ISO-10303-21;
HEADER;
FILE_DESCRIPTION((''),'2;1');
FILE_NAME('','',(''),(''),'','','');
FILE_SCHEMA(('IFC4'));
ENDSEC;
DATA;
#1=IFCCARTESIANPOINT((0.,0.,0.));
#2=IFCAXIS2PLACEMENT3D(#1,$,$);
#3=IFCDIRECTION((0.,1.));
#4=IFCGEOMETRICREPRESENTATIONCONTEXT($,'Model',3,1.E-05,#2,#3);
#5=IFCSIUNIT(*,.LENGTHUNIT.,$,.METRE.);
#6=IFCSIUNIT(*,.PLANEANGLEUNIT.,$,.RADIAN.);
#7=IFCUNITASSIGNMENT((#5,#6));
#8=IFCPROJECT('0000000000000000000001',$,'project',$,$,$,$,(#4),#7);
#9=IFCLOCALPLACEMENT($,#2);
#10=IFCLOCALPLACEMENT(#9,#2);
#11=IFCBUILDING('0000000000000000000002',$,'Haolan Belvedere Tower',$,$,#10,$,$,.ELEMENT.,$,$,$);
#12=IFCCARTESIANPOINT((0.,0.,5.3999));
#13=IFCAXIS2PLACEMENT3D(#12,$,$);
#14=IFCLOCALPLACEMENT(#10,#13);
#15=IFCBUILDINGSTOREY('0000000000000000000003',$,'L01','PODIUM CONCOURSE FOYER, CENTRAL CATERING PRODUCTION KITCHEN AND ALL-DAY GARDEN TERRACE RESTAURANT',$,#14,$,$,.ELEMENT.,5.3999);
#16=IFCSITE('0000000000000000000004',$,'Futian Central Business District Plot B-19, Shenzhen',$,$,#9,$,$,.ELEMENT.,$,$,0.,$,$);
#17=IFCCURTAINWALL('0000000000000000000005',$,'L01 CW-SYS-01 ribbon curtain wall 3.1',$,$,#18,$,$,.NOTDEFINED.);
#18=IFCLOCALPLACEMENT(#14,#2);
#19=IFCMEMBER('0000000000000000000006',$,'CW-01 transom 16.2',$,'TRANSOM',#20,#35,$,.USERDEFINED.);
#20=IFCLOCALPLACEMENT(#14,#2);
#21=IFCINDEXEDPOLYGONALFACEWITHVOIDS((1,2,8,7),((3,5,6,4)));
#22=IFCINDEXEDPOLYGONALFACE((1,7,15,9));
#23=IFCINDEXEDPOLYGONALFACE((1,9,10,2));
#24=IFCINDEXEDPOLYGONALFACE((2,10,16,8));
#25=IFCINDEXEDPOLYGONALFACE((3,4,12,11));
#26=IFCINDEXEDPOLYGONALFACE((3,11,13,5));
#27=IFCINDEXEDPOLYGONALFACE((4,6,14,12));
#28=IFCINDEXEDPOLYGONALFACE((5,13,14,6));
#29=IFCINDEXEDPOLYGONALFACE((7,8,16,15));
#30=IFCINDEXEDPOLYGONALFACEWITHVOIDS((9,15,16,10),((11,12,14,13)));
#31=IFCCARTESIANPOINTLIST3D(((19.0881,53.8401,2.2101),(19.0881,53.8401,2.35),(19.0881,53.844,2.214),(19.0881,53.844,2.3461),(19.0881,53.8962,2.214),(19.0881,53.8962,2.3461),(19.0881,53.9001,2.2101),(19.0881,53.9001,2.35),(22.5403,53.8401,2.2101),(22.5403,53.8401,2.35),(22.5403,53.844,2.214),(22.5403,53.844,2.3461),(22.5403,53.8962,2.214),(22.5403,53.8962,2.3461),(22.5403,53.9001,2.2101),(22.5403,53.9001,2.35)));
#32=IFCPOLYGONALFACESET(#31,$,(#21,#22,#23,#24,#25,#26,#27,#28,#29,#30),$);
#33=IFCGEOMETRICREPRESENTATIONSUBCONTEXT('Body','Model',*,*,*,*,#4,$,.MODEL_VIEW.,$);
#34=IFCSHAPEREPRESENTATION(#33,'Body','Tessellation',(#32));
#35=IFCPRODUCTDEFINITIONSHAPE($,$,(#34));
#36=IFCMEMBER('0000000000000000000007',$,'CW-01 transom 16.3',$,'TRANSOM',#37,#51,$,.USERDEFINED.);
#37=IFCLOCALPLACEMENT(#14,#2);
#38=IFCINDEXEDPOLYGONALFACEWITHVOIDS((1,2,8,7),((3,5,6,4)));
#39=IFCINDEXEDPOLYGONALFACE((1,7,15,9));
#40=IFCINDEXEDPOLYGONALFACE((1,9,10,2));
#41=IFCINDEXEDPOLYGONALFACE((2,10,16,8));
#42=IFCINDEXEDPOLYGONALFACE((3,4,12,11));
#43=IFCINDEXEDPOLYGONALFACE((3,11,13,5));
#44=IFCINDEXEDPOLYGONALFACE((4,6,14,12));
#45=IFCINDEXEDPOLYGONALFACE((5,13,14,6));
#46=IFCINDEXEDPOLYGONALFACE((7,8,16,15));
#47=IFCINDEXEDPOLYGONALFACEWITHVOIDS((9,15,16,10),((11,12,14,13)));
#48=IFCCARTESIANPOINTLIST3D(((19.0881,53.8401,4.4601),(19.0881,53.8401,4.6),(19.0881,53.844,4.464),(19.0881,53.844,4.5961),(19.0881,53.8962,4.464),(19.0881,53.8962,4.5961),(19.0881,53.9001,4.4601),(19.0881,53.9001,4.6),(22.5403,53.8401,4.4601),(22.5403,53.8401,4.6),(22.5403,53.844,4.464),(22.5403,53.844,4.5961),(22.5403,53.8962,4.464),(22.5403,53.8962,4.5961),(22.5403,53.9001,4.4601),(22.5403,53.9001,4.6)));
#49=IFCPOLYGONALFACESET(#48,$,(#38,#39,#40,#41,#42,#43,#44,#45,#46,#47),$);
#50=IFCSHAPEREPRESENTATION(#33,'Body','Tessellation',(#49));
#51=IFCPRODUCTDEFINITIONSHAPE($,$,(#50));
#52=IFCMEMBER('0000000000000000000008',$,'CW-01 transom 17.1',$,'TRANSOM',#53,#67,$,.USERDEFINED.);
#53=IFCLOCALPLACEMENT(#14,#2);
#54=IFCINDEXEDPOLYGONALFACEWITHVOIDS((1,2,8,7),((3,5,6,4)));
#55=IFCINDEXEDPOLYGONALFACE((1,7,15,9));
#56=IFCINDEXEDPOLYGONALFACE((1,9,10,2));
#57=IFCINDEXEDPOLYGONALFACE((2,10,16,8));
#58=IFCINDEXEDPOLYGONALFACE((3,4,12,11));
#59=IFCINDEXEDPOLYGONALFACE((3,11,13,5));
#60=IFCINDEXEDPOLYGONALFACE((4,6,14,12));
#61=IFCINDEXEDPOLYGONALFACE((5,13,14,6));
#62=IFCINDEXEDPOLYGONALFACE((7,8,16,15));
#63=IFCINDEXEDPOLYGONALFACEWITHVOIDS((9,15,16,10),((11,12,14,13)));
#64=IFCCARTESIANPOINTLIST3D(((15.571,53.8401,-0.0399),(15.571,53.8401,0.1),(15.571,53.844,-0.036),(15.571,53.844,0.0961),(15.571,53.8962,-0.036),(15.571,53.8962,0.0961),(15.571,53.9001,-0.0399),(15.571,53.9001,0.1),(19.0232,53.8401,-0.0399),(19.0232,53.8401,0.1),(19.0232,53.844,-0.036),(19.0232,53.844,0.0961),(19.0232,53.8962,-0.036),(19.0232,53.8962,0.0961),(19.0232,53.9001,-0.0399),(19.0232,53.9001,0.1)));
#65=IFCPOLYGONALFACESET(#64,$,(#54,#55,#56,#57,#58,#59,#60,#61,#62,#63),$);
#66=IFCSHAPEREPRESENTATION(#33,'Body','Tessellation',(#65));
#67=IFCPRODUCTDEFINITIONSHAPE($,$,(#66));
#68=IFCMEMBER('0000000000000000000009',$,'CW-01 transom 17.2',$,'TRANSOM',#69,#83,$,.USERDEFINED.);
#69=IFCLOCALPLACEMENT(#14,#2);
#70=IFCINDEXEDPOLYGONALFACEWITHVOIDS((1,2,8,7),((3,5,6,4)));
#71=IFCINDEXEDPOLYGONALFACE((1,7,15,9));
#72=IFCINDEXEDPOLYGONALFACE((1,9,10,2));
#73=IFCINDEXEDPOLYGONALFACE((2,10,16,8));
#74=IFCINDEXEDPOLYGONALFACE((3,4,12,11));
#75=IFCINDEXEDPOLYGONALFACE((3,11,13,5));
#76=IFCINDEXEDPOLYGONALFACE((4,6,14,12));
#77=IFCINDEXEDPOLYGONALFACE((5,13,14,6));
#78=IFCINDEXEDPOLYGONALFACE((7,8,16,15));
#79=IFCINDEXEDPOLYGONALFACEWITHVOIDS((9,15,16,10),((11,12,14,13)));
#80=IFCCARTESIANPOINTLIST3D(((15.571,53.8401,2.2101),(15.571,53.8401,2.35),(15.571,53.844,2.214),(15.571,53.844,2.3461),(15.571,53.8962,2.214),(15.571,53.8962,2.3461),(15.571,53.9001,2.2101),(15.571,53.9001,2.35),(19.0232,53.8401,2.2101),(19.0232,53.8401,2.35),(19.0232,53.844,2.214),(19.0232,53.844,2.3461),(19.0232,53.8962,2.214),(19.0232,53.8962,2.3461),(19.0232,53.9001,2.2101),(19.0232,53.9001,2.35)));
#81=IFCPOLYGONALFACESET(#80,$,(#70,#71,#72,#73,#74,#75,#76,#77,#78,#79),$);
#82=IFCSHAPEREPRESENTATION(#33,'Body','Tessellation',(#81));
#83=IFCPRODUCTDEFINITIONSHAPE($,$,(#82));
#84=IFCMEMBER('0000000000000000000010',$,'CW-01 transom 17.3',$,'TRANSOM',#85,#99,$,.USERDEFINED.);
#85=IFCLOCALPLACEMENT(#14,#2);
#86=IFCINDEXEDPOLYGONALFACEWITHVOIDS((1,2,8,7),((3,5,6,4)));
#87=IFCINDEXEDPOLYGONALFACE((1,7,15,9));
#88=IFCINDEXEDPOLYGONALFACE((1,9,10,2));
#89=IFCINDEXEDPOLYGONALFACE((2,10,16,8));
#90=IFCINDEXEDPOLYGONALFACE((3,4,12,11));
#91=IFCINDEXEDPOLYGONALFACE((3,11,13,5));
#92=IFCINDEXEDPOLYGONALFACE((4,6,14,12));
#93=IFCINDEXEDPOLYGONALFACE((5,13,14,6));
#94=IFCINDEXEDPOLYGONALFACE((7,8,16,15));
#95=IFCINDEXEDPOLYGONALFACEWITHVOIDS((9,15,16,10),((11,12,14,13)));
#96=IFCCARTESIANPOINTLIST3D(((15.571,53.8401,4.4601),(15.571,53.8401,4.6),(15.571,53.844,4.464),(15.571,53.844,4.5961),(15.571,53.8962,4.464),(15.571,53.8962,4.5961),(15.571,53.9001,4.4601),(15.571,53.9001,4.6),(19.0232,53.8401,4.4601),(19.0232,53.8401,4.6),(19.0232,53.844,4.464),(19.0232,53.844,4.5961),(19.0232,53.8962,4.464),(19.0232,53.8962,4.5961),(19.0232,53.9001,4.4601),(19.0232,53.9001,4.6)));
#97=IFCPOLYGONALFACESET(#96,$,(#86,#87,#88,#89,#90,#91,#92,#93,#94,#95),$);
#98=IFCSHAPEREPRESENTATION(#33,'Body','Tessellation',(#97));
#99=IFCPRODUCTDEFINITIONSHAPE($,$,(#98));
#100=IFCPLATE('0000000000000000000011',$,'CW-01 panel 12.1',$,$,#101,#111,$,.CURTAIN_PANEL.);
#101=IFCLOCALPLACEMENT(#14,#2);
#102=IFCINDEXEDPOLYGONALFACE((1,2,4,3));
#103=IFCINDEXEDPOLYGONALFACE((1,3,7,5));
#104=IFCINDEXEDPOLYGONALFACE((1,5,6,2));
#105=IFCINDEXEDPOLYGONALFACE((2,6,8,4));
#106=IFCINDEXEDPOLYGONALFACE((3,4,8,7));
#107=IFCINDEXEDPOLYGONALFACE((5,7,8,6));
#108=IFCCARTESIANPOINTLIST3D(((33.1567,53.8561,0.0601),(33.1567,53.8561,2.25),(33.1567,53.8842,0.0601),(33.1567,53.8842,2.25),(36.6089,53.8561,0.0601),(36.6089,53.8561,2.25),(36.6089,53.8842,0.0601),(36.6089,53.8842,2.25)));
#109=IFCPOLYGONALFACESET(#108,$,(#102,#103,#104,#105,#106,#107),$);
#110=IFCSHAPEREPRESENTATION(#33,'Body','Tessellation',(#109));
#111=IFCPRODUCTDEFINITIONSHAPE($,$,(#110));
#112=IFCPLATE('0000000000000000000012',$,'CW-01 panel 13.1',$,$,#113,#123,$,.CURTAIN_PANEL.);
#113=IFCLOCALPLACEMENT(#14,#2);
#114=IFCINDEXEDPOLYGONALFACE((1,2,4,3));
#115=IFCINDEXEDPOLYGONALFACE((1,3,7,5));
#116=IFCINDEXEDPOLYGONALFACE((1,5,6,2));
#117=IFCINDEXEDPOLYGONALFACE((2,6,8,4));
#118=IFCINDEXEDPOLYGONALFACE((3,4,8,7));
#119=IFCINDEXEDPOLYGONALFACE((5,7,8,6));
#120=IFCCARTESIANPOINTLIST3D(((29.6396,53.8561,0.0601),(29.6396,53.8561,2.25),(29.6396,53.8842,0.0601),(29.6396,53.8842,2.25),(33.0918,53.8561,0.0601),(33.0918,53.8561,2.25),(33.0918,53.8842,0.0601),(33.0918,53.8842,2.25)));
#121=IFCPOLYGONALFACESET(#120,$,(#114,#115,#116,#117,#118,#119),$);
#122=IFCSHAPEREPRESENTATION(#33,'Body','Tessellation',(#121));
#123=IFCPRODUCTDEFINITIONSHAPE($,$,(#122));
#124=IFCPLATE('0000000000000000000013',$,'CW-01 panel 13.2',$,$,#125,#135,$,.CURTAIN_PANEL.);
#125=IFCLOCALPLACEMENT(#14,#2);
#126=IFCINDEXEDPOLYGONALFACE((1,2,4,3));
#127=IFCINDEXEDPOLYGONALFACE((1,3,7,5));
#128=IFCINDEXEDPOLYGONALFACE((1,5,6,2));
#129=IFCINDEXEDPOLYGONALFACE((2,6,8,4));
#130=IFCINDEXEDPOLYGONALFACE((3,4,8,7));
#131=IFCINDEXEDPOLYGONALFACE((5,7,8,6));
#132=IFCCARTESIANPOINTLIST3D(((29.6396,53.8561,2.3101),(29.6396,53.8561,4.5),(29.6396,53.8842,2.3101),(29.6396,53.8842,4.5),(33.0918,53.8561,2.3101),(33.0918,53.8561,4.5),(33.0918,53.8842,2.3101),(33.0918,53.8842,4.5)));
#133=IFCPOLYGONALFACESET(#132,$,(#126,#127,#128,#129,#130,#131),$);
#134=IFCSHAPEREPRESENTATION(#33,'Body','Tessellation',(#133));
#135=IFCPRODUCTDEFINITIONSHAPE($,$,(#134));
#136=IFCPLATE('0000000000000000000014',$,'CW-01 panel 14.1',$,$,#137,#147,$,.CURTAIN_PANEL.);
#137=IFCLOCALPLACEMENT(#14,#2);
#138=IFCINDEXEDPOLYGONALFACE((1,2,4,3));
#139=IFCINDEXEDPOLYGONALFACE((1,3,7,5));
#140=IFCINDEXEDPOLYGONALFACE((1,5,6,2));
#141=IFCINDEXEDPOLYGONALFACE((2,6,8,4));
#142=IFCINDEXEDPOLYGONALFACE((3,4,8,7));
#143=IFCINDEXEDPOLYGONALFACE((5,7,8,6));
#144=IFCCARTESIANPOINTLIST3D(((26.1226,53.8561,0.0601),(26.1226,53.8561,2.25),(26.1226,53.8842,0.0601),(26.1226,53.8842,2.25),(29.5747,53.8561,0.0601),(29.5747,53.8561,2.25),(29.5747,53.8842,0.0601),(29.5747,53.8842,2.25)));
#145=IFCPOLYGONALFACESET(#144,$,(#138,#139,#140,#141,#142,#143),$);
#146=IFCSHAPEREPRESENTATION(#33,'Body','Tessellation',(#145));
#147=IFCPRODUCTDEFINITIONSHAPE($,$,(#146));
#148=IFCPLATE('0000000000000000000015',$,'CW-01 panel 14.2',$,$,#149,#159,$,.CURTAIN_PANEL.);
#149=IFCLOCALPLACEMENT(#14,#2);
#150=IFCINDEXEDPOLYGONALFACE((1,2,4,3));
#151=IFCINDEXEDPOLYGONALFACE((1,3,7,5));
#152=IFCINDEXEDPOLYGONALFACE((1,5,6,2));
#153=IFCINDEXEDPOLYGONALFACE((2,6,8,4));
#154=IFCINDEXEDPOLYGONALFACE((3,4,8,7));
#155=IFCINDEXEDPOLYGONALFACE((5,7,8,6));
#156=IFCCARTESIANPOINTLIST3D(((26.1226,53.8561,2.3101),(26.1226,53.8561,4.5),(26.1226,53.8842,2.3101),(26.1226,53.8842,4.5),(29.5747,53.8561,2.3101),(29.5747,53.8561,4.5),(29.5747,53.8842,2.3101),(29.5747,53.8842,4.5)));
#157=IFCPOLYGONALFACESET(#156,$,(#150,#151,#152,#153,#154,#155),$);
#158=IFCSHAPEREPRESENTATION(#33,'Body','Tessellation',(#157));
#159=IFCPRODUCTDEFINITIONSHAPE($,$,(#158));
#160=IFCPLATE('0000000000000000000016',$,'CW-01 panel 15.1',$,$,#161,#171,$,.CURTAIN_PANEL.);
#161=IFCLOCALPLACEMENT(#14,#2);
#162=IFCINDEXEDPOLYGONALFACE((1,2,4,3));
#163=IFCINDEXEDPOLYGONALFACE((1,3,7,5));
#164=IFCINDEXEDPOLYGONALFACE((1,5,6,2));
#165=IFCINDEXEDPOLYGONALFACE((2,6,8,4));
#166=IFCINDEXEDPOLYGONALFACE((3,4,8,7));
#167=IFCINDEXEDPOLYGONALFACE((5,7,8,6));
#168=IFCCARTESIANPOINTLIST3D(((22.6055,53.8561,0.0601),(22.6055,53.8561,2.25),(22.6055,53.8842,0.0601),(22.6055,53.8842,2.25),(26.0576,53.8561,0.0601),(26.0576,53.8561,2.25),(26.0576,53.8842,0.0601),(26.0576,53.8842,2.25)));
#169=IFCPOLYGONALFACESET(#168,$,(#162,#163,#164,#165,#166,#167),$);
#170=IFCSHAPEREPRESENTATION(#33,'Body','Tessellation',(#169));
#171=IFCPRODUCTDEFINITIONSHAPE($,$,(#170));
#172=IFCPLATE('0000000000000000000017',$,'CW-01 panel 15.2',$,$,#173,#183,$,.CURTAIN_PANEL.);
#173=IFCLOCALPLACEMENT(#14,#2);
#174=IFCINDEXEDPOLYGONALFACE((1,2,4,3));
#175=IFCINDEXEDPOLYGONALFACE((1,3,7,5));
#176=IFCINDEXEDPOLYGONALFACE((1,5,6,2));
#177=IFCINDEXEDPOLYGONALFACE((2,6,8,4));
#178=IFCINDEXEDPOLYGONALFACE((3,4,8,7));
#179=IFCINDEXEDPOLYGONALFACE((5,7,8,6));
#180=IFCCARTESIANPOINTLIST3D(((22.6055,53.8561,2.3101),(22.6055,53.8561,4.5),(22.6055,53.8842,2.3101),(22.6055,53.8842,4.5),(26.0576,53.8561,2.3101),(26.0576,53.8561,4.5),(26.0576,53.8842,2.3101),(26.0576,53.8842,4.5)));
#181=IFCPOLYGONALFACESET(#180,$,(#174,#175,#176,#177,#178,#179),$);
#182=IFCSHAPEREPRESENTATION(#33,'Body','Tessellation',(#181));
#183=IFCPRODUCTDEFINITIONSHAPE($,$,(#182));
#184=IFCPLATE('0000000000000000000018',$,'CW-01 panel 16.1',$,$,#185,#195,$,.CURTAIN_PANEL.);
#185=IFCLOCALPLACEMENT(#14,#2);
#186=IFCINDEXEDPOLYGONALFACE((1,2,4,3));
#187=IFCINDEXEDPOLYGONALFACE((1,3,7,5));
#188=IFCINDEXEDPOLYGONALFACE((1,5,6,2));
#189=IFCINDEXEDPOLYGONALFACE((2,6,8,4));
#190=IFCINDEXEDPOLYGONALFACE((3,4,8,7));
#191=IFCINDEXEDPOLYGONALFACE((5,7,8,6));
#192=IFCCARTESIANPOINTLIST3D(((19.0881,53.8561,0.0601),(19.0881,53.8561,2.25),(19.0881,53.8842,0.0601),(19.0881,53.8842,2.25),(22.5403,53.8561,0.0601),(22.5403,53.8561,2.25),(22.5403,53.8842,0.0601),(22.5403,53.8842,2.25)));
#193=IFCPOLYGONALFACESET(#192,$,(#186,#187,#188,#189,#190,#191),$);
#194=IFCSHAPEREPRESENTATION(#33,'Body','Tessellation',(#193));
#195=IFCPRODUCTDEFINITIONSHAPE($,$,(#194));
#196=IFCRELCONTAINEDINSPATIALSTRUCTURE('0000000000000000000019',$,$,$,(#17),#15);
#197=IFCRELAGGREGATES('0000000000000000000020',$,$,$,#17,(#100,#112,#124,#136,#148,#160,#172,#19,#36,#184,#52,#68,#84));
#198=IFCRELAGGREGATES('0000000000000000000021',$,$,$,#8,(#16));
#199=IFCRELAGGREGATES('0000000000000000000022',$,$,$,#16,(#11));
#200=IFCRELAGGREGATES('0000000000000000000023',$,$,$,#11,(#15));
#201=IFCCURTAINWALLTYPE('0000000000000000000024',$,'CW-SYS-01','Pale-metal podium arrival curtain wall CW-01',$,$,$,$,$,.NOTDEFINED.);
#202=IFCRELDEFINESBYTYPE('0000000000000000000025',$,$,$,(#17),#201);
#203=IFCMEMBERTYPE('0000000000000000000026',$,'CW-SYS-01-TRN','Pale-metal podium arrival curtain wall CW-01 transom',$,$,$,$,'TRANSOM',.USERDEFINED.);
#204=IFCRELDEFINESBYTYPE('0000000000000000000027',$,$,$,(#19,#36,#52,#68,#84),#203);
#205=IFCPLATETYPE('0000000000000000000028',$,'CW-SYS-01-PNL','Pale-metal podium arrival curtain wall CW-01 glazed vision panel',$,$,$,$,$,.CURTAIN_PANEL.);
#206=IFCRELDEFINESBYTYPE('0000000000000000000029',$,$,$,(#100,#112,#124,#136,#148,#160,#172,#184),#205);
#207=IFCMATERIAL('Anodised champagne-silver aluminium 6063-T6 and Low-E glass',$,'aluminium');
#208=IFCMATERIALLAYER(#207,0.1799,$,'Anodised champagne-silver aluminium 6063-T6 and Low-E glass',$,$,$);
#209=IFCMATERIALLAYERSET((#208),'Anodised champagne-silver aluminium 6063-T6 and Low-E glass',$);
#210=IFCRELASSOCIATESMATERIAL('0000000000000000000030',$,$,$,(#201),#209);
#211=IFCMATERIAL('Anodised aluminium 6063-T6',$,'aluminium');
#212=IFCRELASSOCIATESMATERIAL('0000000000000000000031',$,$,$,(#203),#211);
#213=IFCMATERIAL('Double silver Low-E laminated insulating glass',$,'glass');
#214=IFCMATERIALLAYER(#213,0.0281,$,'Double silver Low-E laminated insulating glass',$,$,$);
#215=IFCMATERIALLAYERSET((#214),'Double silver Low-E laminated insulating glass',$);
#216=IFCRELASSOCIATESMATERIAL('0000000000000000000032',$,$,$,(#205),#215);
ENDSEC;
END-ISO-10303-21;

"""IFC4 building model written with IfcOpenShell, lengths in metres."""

from ifc_helpers import new_model, si_unit, direction, frame, origin, origin_2d, place, context, subcontext, project, spatial, rectangle, hollow_rectangle, extrude, material, layer, layer_set, material_profile, profile_set, type_object, element, aggregate, save


model = new_model("IFC4")

# Units and contexts
model_context = context("Model", 3, precision=1e-05, world=origin(), true_north=direction((0.0, 1.0)))
body_context = subcontext(model_context, "Body", "Model", "MODEL_VIEW")
ifc_project = project(units=[si_unit("LENGTHUNIT", "METRE"), si_unit("PLANEANGLEUNIT", "RADIAN")], contexts=[model_context])

# Site, building, storey
site_placement = place(None, origin())
site = spatial("IfcSite", under=ifc_project, at=site_placement, Name="Futian Central Business District Plot B-19, Shenzhen", CompositionType="ELEMENT", RefElevation=0.0)
building_placement = place(site_placement, origin())
building = spatial("IfcBuilding", under=site, at=building_placement, Name="Haolan Belvedere Tower", CompositionType="ELEMENT")
storey_placement = place(building_placement, frame((0.0, 0.0, 5.3999)))
storey = spatial("IfcBuildingStorey", under=building, at=storey_placement, Name="L01", Description="PODIUM CONCOURSE FOYER, CENTRAL CATERING PRODUCTION KITCHEN AND ALL-DAY GARDEN TERRACE RESTAURANT", CompositionType="ELEMENT", Elevation=5.3999)

# Curtain wall, members, plates
ifc_material_1 = material(Name="Anodised champagne-silver aluminium 6063-T6 and Low-E glass", Category="aluminium")
ifc_layer_1 = layer(ifc_material_1, 0.1799, Name="Anodised champagne-silver aluminium 6063-T6 and Low-E glass")
ifc_layer_set_1 = layer_set([ifc_layer_1], Name="Anodised champagne-silver aluminium 6063-T6 and Low-E glass")
curtain_wall_type = type_object("IfcCurtainWallType", Name="CW-SYS-01", Description="Pale-metal podium arrival curtain wall CW-01", PredefinedType="NOTDEFINED", material=ifc_layer_set_1)
curtain_wall_placement = place(storey_placement, origin())
curtain_wall = element("IfcCurtainWall", 1, at=curtain_wall_placement, inside=storey, type_object=curtain_wall_type, Name="L01 CW-SYS-01 ribbon curtain wall 3.1", PredefinedType="NOTDEFINED")
ifc_material_2 = material(Name="Anodised aluminium 6063-T6", Category="aluminium")
ifc_material_profile_1 = material_profile(ifc_material_2, hollow_rectangle(XDim=0.0601, YDim=0.1399, WallThickness=0.0039, at=origin_2d()), Name="Anodised aluminium 6063-T6")
ifc_profile_set_1 = profile_set([ifc_material_profile_1], Name="Anodised aluminium 6063-T6")
member_type_1 = type_object("IfcMemberType", Name="CW-SYS-01-TRN", Description="Pale-metal podium arrival curtain wall CW-01 transom", ElementType="TRANSOM", PredefinedType="USERDEFINED", material=ifc_profile_set_1)
member_1_placement = place(storey_placement, frame((22.5403, 53.8701, 2.28), z_axis=(-1.0, 0.0, 0.0), x_axis=(0.0, -1.0, 0.0)))
member_1 = element("IfcMember", 2, at=member_1_placement, type_object=member_type_1, Name="CW-01 transom 16.2", ObjectType="TRANSOM", PredefinedType="USERDEFINED", context=body_context, shape_type="SweptSolid", body=[
    extrude(hollow_rectangle(XDim=0.0601, YDim=0.1399, WallThickness=0.0039, at=origin_2d()), origin(), (0.0, 0.0, 1.0), 3.4521),
])
member_2_placement = place(storey_placement, frame((22.5403, 53.8701, 4.53), z_axis=(-1.0, 0.0, 0.0), x_axis=(0.0, -1.0, 0.0)))
member_2 = element("IfcMember", 3, at=member_2_placement, type_object=member_type_1, Name="CW-01 transom 16.3", ObjectType="TRANSOM", PredefinedType="USERDEFINED", context=body_context, shape_type="SweptSolid", body=[
    extrude(hollow_rectangle(XDim=0.0601, YDim=0.1399, WallThickness=0.0039, at=origin_2d()), origin(), (0.0, 0.0, 1.0), 3.4521),
])
member_3_placement = place(storey_placement, frame((19.0232, 53.8701, 0.03), z_axis=(-1.0, 0.0, 0.0), x_axis=(0.0, -1.0, 0.0)))
member_3 = element("IfcMember", 4, at=member_3_placement, type_object=member_type_1, Name="CW-01 transom 17.1", ObjectType="TRANSOM", PredefinedType="USERDEFINED", context=body_context, shape_type="SweptSolid", body=[
    extrude(hollow_rectangle(XDim=0.0601, YDim=0.1399, WallThickness=0.0039, at=origin_2d()), origin(), (0.0, 0.0, 1.0), 3.4521),
])
member_4_placement = place(storey_placement, frame((19.0232, 53.8701, 2.28), z_axis=(-1.0, 0.0, 0.0), x_axis=(0.0, -1.0, 0.0)))
member_4 = element("IfcMember", 5, at=member_4_placement, type_object=member_type_1, Name="CW-01 transom 17.2", ObjectType="TRANSOM", PredefinedType="USERDEFINED", context=body_context, shape_type="SweptSolid", body=[
    extrude(hollow_rectangle(XDim=0.0601, YDim=0.1399, WallThickness=0.0039, at=origin_2d()), origin(), (0.0, 0.0, 1.0), 3.4521),
])
member_5_placement = place(storey_placement, frame((19.0232, 53.8701, 4.53), z_axis=(-1.0, 0.0, 0.0), x_axis=(0.0, -1.0, 0.0)))
member_5 = element("IfcMember", 6, at=member_5_placement, type_object=member_type_1, Name="CW-01 transom 17.3", ObjectType="TRANSOM", PredefinedType="USERDEFINED", context=body_context, shape_type="SweptSolid", body=[
    extrude(hollow_rectangle(XDim=0.0601, YDim=0.1399, WallThickness=0.0039, at=origin_2d()), origin(), (0.0, 0.0, 1.0), 3.4521),
])
ifc_material_3 = material(Name="Double silver Low-E laminated insulating glass", Category="glass")
ifc_layer_2 = layer(ifc_material_3, 0.0281, Name="Double silver Low-E laminated insulating glass")
ifc_layer_set_2 = layer_set([ifc_layer_2], Name="Double silver Low-E laminated insulating glass")
plate_type = type_object("IfcPlateType", Name="CW-SYS-01-PNL", Description="Pale-metal podium arrival curtain wall CW-01 glazed vision panel", PredefinedType="CURTAIN_PANEL", material=ifc_layer_set_2)
plate_1_placement = place(storey_placement, frame((34.8828, 53.8701, 0.0601), z_axis=(0.0, 0.0, 1.0), x_axis=(-1.0, 0.0, 0.0)))
plate_1 = element("IfcPlate", 7, at=plate_1_placement, type_object=plate_type, Name="CW-01 panel 12.1", PredefinedType="CURTAIN_PANEL", context=body_context, shape_type="SweptSolid", body=[
    extrude(rectangle(XDim=3.4521, YDim=0.0281, at=origin_2d()), origin(), (0.0, 0.0, 1.0), 2.1899),
])
plate_2_placement = place(storey_placement, frame((31.3657, 53.8701, 0.0601), z_axis=(0.0, 0.0, 1.0), x_axis=(-1.0, 0.0, 0.0)))
plate_2 = element("IfcPlate", 8, at=plate_2_placement, type_object=plate_type, Name="CW-01 panel 13.1", PredefinedType="CURTAIN_PANEL", context=body_context, shape_type="SweptSolid", body=[
    extrude(rectangle(XDim=3.4521, YDim=0.0281, at=origin_2d()), origin(), (0.0, 0.0, 1.0), 2.1899),
])
plate_3_placement = place(storey_placement, frame((31.3657, 53.8701, 2.3101), z_axis=(0.0, 0.0, 1.0), x_axis=(-1.0, 0.0, 0.0)))
plate_3 = element("IfcPlate", 9, at=plate_3_placement, type_object=plate_type, Name="CW-01 panel 13.2", PredefinedType="CURTAIN_PANEL", context=body_context, shape_type="SweptSolid", body=[
    extrude(rectangle(XDim=3.4521, YDim=0.0281, at=origin_2d()), origin(), (0.0, 0.0, 1.0), 2.1899),
])
plate_4_placement = place(storey_placement, frame((27.8486, 53.8701, 0.0601), z_axis=(0.0, 0.0, 1.0), x_axis=(-1.0, 0.0, 0.0)))
plate_4 = element("IfcPlate", 10, at=plate_4_placement, type_object=plate_type, Name="CW-01 panel 14.1", PredefinedType="CURTAIN_PANEL", context=body_context, shape_type="SweptSolid", body=[
    extrude(rectangle(XDim=3.4521, YDim=0.0281, at=origin_2d()), origin(), (0.0, 0.0, 1.0), 2.1899),
])
plate_5_placement = place(storey_placement, frame((27.8486, 53.8701, 2.3101), z_axis=(0.0, 0.0, 1.0), x_axis=(-1.0, 0.0, 0.0)))
plate_5 = element("IfcPlate", 11, at=plate_5_placement, type_object=plate_type, Name="CW-01 panel 14.2", PredefinedType="CURTAIN_PANEL", context=body_context, shape_type="SweptSolid", body=[
    extrude(rectangle(XDim=3.4521, YDim=0.0281, at=origin_2d()), origin(), (0.0, 0.0, 1.0), 2.1899),
])
plate_6_placement = place(storey_placement, frame((24.3315, 53.8701, 0.0601), z_axis=(0.0, 0.0, 1.0), x_axis=(-1.0, 0.0, 0.0)))
plate_6 = element("IfcPlate", 12, at=plate_6_placement, type_object=plate_type, Name="CW-01 panel 15.1", PredefinedType="CURTAIN_PANEL", context=body_context, shape_type="SweptSolid", body=[
    extrude(rectangle(XDim=3.4521, YDim=0.0281, at=origin_2d()), origin(), (0.0, 0.0, 1.0), 2.1899),
])
plate_7_placement = place(storey_placement, frame((24.3315, 53.8701, 2.3101), z_axis=(0.0, 0.0, 1.0), x_axis=(-1.0, 0.0, 0.0)))
plate_7 = element("IfcPlate", 13, at=plate_7_placement, type_object=plate_type, Name="CW-01 panel 15.2", PredefinedType="CURTAIN_PANEL", context=body_context, shape_type="SweptSolid", body=[
    extrude(rectangle(XDim=3.4521, YDim=0.0281, at=origin_2d()), origin(), (0.0, 0.0, 1.0), 2.1899),
])
plate_8_placement = place(storey_placement, frame((20.8142, 53.8701, 0.0601), z_axis=(0.0, 0.0, 1.0), x_axis=(-1.0, 0.0, 0.0)))
plate_8 = element("IfcPlate", 14, at=plate_8_placement, type_object=plate_type, Name="CW-01 panel 16.1", PredefinedType="CURTAIN_PANEL", context=body_context, shape_type="SweptSolid", body=[
    extrude(rectangle(XDim=3.4521, YDim=0.0281, at=origin_2d()), origin(), (0.0, 0.0, 1.0), 2.1899),
])
aggregate(curtain_wall, [plate_1, plate_2, plate_3, plate_4, plate_5, plate_6, plate_7, member_1, member_2, plate_8, member_3, member_4, member_5])

save(model, "model.ifc")
